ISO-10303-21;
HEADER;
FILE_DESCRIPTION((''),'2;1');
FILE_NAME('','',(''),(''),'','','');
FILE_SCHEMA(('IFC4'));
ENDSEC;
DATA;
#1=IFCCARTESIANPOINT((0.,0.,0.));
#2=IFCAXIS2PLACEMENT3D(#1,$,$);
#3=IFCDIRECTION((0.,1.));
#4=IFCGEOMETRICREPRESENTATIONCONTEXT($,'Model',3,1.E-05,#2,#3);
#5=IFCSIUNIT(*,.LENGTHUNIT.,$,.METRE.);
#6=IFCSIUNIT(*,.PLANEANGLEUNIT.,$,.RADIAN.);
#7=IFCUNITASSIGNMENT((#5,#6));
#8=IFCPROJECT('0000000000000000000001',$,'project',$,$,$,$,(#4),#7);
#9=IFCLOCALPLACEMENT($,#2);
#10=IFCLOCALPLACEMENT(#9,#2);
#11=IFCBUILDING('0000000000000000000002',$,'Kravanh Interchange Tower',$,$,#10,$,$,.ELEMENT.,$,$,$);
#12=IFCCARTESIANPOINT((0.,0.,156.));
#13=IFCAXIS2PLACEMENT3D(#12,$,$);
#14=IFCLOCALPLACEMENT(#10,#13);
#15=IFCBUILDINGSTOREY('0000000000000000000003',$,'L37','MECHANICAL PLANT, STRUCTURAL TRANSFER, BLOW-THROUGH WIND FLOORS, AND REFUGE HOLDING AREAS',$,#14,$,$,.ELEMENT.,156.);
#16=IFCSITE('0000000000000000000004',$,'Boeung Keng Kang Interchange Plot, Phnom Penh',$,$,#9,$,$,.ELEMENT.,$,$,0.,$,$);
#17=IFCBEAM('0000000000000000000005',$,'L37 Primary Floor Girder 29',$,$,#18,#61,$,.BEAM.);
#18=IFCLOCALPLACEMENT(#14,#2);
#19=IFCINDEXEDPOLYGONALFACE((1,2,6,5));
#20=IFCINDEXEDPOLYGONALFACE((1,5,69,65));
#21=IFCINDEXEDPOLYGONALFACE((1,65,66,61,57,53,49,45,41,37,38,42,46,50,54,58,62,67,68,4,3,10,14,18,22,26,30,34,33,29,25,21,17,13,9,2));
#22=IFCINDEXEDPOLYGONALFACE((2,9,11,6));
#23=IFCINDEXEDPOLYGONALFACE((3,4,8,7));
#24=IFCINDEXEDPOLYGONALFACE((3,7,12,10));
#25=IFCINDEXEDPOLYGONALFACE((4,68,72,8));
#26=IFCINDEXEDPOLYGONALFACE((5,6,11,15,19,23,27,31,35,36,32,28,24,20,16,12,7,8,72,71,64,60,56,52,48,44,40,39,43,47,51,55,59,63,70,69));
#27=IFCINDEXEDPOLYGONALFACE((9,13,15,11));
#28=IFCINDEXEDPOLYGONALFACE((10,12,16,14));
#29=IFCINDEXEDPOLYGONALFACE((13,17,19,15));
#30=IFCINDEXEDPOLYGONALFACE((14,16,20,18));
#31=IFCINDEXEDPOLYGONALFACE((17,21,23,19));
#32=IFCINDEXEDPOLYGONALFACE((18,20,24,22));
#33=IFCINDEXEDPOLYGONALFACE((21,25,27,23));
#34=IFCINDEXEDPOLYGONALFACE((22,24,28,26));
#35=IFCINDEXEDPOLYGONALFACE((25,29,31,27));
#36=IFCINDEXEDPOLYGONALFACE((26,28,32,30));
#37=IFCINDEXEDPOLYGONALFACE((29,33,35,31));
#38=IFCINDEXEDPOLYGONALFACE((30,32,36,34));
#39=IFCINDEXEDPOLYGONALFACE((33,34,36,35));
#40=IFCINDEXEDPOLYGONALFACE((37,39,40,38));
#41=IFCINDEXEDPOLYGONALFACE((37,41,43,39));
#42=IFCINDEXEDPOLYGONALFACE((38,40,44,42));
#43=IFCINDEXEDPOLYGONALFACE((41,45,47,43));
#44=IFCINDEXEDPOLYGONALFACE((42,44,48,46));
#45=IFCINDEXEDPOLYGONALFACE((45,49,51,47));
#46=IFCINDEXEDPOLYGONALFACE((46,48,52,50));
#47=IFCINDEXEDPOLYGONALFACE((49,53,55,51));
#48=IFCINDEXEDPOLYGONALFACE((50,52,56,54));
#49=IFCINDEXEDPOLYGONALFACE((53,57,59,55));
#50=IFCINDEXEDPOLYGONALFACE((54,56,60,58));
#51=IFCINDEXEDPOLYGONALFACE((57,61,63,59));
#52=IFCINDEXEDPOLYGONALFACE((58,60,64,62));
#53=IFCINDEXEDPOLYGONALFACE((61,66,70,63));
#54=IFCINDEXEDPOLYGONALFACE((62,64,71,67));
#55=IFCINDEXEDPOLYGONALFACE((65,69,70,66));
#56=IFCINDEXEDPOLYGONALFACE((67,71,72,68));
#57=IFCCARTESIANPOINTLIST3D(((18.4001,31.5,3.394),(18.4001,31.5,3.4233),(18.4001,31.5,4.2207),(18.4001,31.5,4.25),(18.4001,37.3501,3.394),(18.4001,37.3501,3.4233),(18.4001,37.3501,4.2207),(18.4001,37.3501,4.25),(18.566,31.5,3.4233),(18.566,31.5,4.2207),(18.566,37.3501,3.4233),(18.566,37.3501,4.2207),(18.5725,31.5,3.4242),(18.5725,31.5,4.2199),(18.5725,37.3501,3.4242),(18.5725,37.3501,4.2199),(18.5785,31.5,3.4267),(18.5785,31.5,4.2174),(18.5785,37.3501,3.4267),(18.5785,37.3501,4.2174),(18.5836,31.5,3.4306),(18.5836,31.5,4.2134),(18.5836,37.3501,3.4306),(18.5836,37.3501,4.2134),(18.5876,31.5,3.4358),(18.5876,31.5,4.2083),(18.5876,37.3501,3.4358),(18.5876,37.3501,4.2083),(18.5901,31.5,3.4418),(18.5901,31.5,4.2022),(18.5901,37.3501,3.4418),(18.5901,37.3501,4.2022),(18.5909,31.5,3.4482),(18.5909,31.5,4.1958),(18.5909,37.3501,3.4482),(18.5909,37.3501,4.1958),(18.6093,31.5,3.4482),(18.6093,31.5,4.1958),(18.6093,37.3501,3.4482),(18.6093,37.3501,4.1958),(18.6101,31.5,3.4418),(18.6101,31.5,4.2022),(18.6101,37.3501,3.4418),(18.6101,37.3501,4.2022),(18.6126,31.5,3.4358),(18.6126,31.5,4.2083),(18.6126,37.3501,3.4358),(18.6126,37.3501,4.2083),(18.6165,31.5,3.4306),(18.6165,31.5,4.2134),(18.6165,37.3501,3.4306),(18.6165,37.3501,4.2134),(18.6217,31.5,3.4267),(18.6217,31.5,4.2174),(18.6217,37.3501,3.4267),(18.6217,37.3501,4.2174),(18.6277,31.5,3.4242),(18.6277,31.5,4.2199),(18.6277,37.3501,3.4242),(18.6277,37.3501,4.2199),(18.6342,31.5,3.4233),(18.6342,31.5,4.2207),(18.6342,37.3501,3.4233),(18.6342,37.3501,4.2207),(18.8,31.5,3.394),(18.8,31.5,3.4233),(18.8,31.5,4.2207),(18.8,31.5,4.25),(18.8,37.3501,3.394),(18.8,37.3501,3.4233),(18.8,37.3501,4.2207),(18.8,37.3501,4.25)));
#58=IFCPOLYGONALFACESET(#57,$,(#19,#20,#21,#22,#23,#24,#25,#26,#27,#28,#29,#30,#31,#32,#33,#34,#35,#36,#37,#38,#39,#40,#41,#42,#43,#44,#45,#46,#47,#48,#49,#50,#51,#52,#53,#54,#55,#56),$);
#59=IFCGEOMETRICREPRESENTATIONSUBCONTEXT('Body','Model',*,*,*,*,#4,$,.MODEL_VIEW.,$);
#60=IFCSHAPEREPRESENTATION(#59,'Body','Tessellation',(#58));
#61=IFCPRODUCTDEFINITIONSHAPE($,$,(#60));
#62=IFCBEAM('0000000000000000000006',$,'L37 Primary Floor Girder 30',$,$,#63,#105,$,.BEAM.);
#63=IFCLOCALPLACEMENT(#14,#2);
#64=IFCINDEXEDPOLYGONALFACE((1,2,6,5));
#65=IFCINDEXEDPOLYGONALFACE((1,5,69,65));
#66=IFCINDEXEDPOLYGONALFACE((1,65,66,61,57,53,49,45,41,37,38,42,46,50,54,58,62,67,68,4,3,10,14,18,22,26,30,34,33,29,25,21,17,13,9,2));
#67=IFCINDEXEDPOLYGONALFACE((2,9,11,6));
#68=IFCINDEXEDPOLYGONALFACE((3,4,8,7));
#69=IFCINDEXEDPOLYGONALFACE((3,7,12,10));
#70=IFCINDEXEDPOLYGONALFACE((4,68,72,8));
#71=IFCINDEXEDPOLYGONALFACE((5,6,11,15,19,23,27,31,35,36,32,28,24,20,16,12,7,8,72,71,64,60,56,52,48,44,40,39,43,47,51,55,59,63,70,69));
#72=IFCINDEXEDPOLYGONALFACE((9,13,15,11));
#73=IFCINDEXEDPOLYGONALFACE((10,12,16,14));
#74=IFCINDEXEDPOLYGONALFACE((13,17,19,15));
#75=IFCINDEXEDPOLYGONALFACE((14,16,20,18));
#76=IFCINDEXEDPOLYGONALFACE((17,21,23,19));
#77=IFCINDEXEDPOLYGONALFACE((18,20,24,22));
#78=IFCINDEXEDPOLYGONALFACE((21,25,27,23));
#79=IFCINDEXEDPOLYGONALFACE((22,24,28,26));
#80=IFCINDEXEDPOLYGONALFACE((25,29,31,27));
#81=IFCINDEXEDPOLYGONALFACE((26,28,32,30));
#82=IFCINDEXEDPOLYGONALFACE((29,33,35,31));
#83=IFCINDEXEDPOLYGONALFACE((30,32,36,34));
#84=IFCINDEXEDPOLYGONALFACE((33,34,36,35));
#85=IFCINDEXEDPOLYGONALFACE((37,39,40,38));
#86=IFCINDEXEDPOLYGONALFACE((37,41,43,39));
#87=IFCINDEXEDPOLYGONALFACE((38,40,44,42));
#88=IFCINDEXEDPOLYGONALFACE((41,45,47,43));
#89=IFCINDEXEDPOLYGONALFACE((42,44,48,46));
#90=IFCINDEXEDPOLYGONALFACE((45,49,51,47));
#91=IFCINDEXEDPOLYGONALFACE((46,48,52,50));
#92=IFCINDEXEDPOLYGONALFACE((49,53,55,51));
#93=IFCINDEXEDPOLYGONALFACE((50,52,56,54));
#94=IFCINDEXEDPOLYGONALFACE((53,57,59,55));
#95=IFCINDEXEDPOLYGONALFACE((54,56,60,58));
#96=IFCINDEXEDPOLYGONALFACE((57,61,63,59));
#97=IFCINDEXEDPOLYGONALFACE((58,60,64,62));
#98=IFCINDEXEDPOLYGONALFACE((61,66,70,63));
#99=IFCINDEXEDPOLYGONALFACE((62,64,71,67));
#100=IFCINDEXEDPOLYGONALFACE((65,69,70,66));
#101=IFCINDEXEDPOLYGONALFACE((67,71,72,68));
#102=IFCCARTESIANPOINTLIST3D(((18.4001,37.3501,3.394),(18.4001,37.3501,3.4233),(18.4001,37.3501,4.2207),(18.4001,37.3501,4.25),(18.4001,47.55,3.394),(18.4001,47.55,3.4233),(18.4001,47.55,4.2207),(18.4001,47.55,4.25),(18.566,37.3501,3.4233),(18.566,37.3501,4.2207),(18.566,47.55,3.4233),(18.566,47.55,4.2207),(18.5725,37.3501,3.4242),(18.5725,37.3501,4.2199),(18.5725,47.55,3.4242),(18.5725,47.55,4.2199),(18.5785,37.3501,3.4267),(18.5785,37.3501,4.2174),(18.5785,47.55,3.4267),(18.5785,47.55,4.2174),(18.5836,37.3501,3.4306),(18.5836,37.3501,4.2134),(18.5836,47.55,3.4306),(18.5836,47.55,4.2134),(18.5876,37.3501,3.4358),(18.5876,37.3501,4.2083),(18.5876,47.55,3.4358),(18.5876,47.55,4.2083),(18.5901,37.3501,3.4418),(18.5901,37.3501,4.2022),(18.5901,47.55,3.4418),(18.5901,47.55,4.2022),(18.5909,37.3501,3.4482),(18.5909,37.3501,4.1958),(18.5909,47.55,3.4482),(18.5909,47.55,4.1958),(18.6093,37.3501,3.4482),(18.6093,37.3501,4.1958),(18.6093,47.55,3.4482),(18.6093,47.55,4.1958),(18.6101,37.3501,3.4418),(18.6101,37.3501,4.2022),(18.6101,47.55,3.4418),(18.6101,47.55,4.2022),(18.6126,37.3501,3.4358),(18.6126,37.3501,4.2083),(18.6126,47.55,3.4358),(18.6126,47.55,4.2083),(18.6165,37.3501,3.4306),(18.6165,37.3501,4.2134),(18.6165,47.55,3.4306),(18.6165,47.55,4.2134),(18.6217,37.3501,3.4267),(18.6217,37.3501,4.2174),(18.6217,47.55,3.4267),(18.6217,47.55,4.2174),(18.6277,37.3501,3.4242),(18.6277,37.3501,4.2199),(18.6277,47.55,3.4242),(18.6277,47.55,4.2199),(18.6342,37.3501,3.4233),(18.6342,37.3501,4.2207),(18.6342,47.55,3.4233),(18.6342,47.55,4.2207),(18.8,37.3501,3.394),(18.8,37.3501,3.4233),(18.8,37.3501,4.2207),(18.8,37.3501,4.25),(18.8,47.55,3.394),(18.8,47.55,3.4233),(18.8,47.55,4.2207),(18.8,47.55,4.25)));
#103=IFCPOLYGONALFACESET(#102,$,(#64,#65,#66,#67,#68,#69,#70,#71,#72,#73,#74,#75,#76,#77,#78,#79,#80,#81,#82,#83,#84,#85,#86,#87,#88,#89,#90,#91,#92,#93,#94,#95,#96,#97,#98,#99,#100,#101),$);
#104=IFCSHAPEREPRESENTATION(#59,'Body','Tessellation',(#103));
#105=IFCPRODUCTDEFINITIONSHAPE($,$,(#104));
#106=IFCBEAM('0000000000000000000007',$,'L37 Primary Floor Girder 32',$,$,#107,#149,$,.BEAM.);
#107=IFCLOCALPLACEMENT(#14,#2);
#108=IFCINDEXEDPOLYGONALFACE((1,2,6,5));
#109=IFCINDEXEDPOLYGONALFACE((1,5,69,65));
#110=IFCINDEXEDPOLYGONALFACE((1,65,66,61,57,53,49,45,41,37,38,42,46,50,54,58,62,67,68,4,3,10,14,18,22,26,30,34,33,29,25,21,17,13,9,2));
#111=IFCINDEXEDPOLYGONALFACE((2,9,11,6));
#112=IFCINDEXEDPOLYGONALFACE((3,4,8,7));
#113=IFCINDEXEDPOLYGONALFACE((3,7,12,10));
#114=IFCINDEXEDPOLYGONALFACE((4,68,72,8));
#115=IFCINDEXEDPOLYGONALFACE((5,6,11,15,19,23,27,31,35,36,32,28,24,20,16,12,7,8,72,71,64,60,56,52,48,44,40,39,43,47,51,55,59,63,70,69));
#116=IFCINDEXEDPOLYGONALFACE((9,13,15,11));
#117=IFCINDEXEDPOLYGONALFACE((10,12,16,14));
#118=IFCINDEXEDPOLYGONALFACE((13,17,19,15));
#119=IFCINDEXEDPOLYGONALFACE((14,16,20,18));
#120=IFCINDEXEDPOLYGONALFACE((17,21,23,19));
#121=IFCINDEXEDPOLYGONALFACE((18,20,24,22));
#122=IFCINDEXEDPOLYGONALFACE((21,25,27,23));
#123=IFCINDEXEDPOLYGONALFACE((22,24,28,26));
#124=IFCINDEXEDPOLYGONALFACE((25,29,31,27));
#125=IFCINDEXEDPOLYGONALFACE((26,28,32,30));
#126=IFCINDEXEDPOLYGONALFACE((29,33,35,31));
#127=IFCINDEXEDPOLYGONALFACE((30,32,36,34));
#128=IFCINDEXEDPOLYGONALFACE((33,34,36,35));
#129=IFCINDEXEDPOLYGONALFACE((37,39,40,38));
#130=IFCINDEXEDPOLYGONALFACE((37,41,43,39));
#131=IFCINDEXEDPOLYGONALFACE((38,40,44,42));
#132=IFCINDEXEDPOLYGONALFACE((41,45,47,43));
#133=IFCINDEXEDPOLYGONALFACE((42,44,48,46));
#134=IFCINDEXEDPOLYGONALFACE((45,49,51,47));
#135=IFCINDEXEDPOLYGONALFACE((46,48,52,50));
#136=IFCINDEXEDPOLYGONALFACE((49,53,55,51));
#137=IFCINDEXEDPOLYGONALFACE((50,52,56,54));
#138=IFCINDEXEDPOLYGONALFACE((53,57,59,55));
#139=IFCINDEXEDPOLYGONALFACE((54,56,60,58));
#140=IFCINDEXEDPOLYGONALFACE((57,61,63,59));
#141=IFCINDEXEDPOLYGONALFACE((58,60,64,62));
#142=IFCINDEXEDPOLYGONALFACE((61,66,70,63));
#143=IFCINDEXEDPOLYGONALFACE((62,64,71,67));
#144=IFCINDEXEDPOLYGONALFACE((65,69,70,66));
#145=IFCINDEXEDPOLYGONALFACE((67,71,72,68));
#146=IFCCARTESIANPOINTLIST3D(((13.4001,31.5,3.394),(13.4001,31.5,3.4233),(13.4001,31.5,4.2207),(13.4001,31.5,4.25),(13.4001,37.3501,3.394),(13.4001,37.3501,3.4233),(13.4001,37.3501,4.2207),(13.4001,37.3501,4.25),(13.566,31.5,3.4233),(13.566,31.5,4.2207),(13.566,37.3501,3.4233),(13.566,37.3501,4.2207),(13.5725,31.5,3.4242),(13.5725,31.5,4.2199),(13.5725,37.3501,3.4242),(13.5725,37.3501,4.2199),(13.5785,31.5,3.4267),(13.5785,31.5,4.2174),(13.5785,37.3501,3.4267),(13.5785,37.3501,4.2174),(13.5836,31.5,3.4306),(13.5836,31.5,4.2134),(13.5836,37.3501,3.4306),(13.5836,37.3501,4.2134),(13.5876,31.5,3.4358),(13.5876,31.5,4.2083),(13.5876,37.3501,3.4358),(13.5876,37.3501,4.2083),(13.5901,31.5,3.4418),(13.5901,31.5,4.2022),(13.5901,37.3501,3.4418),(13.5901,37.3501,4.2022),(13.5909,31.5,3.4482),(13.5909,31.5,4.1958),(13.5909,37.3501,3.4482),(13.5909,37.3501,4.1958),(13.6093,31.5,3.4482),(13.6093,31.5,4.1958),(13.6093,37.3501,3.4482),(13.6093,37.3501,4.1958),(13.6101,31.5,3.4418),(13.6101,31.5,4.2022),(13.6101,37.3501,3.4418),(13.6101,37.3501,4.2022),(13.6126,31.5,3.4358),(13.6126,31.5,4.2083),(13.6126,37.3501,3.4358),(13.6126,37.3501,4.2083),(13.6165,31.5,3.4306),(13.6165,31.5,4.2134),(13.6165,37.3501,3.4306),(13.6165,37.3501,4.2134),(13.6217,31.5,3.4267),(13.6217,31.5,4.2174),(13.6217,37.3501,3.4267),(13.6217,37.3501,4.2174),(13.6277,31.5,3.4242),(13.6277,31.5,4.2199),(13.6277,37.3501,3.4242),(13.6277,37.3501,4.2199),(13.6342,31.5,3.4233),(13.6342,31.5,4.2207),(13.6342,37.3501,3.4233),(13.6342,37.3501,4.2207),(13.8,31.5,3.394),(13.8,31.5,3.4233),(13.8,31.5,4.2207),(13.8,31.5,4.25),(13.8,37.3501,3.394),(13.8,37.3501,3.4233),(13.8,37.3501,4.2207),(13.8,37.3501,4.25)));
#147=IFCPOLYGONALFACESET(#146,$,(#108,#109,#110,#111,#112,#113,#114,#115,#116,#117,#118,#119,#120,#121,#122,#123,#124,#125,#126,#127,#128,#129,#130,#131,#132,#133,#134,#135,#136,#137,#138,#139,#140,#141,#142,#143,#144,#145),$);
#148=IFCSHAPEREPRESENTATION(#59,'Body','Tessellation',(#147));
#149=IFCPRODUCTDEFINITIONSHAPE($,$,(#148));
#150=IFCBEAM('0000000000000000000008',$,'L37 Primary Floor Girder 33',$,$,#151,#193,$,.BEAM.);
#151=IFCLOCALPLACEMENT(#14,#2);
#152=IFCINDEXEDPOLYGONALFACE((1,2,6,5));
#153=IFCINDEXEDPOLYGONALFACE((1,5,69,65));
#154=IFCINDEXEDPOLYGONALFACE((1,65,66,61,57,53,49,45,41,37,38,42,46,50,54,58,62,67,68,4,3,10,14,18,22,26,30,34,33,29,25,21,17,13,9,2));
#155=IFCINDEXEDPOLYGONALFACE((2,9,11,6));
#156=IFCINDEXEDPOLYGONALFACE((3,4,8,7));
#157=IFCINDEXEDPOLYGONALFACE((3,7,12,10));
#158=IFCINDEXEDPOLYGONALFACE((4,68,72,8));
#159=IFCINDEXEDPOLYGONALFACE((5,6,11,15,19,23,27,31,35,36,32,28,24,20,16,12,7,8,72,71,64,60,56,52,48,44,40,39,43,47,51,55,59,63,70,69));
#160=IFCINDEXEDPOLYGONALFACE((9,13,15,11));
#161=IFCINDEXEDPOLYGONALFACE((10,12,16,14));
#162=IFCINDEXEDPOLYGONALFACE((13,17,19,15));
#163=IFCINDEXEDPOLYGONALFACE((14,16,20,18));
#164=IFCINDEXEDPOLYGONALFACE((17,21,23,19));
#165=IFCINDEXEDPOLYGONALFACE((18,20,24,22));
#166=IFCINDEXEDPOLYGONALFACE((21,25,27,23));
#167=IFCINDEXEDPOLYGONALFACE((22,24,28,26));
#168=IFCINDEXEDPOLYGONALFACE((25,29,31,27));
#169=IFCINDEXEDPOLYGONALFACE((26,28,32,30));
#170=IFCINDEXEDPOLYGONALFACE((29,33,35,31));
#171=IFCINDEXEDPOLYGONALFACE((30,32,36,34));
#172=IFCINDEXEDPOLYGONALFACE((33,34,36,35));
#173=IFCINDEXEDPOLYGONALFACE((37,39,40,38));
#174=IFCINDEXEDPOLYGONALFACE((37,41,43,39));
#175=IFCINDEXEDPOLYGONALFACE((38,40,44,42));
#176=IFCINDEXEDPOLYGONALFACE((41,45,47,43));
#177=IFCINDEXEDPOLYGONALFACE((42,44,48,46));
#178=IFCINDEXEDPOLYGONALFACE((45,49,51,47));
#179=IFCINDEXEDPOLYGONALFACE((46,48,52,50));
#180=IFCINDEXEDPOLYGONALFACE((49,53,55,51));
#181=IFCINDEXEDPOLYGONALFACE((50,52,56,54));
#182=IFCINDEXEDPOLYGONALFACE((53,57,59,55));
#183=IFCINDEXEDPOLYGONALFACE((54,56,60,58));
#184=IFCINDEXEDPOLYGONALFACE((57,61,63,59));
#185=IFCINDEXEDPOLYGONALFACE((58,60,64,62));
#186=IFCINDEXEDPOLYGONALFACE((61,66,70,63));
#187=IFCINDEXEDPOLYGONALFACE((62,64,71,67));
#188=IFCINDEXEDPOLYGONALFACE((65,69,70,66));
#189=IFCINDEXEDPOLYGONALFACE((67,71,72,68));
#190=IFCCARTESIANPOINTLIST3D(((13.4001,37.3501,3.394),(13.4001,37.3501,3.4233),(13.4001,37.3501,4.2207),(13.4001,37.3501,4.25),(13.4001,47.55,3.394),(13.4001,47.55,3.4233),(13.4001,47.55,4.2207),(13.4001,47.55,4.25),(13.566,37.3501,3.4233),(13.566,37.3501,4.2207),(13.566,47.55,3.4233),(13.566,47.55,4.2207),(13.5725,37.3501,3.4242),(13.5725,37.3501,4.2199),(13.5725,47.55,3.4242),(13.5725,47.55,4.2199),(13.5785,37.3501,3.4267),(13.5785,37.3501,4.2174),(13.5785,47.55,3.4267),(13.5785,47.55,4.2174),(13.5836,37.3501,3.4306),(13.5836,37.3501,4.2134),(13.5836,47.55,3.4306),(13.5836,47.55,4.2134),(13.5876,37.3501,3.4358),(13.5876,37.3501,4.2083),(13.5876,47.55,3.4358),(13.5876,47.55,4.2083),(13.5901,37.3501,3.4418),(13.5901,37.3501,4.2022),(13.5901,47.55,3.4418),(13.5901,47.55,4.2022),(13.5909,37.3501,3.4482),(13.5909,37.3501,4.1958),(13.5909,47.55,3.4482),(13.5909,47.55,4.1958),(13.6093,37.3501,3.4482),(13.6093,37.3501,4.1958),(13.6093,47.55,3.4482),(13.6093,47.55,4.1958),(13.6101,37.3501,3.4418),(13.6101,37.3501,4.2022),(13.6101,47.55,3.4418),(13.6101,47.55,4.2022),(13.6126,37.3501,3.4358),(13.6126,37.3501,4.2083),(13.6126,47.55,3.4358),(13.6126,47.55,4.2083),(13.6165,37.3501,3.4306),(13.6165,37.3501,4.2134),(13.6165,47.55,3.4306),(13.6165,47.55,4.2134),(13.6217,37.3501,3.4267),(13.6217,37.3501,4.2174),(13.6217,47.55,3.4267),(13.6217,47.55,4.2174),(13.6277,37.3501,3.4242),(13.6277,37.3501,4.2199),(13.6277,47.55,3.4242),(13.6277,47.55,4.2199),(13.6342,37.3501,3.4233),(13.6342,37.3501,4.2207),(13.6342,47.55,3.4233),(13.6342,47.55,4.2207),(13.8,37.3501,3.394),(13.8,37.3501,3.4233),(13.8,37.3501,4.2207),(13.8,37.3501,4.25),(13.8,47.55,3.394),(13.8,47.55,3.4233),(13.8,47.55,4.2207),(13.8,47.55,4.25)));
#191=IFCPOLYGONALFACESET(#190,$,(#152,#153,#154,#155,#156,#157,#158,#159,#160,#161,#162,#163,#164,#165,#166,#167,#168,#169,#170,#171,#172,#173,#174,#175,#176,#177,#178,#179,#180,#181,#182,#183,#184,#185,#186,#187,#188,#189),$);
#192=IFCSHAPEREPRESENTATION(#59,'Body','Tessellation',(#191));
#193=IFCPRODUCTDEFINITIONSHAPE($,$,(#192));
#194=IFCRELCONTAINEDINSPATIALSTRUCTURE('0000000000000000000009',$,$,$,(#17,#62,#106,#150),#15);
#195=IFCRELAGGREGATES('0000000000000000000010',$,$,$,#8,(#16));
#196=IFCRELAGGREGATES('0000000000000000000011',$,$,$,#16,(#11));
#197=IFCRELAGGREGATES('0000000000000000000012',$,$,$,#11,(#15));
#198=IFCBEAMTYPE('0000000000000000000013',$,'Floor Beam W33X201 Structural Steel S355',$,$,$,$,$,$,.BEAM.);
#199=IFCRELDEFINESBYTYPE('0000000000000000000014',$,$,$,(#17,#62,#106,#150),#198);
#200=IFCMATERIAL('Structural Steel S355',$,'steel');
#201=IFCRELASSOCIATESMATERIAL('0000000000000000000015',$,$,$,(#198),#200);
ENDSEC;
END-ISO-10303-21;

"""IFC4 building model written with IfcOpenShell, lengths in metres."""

from ifc_helpers import new_model, si_unit, direction, frame, origin, origin_2d, place, context, subcontext, project, spatial, i_section, extrude, material, material_profile, profile_set, type_object, element, save


model = new_model("IFC4")

# Units and contexts
model_context = context("Model", 3, precision=1e-05, world=origin(), true_north=direction((0.0, 1.0)))
body_context = subcontext(model_context, "Body", "Model", "MODEL_VIEW")
ifc_project = project(units=[si_unit("LENGTHUNIT", "METRE"), si_unit("PLANEANGLEUNIT", "RADIAN")], contexts=[model_context])

# Site, building, storey
site_placement = place(None, origin())
site = spatial("IfcSite", under=ifc_project, at=site_placement, Name="Boeung Keng Kang Interchange Plot, Phnom Penh", CompositionType="ELEMENT", RefElevation=0.0)
building_placement = place(site_placement, origin())
building = spatial("IfcBuilding", under=site, at=building_placement, Name="Kravanh Interchange Tower", CompositionType="ELEMENT")
storey_placement = place(building_placement, frame((0.0, 0.0, 156.0)))
storey = spatial("IfcBuildingStorey", under=building, at=storey_placement, Name="L37", Description="MECHANICAL PLANT, STRUCTURAL TRANSFER, BLOW-THROUGH WIND FLOORS, AND REFUGE HOLDING AREAS", CompositionType="ELEMENT", Elevation=156.0)

# Beams
ifc_material_1 = material(Name="Structural Steel S355", Category="steel")
ifc_material_profile_1 = material_profile(ifc_material_1, i_section(OverallWidth=0.3999, OverallDepth=0.856, WebThickness=0.0183, FlangeThickness=0.0293, FilletRadius=0.0249, at=origin_2d()), Name="W33X201")
ifc_profile_set_1 = profile_set([ifc_material_profile_1], Name="Structural Steel S355")
beam_type_1 = type_object("IfcBeamType", Name="Floor Beam W33X201 Structural Steel S355", PredefinedType="BEAM", material=ifc_profile_set_1)
beam_1_placement = place(storey_placement, frame((18.6001, 37.3501, 3.822), z_axis=(0.0, -1.0, 0.0), x_axis=(1.0, 0.0, 0.0)))
element("IfcBeam", 1, at=beam_1_placement, inside=storey, type_object=beam_type_1, Name="L37 Primary Floor Girder 29", PredefinedType="BEAM", context=body_context, shape_type="SweptSolid", body=[
    extrude(i_section(OverallWidth=0.3999, OverallDepth=0.856, WebThickness=0.0183, FlangeThickness=0.0293, FilletRadius=0.0249, at=origin_2d()), origin(), (0.0, 0.0, 1.0), 5.8501),
])
beam_2_placement = place(storey_placement, frame((18.6001, 37.3501, 3.822), z_axis=(0.0, 1.0, 0.0), x_axis=(-1.0, 0.0, 0.0)))
element("IfcBeam", 2, at=beam_2_placement, inside=storey, type_object=beam_type_1, Name="L37 Primary Floor Girder 30", PredefinedType="BEAM", context=body_context, shape_type="SweptSolid", body=[
    extrude(i_section(OverallWidth=0.3999, OverallDepth=0.856, WebThickness=0.0183, FlangeThickness=0.0293, FilletRadius=0.0249, at=origin_2d()), origin(), (0.0, 0.0, 1.0), 10.2),
])
beam_3_placement = place(storey_placement, frame((13.6001, 37.3501, 3.822), z_axis=(0.0, -1.0, 0.0), x_axis=(1.0, 0.0, 0.0)))
element("IfcBeam", 3, at=beam_3_placement, inside=storey, type_object=beam_type_1, Name="L37 Primary Floor Girder 32", PredefinedType="BEAM", context=body_context, shape_type="SweptSolid", body=[
    extrude(i_section(OverallWidth=0.3999, OverallDepth=0.856, WebThickness=0.0183, FlangeThickness=0.0293, FilletRadius=0.0249, at=origin_2d()), origin(), (0.0, 0.0, 1.0), 5.8501),
])
beam_4_placement = place(storey_placement, frame((13.6001, 37.3501, 3.822), z_axis=(0.0, 1.0, 0.0), x_axis=(-1.0, 0.0, 0.0)))
element("IfcBeam", 4, at=beam_4_placement, inside=storey, type_object=beam_type_1, Name="L37 Primary Floor Girder 33", PredefinedType="BEAM", context=body_context, shape_type="SweptSolid", body=[
    extrude(i_section(OverallWidth=0.3999, OverallDepth=0.856, WebThickness=0.0183, FlangeThickness=0.0293, FilletRadius=0.0249, at=origin_2d()), origin(), (0.0, 0.0, 1.0), 10.2),
])

save(model, "model.ifc")
